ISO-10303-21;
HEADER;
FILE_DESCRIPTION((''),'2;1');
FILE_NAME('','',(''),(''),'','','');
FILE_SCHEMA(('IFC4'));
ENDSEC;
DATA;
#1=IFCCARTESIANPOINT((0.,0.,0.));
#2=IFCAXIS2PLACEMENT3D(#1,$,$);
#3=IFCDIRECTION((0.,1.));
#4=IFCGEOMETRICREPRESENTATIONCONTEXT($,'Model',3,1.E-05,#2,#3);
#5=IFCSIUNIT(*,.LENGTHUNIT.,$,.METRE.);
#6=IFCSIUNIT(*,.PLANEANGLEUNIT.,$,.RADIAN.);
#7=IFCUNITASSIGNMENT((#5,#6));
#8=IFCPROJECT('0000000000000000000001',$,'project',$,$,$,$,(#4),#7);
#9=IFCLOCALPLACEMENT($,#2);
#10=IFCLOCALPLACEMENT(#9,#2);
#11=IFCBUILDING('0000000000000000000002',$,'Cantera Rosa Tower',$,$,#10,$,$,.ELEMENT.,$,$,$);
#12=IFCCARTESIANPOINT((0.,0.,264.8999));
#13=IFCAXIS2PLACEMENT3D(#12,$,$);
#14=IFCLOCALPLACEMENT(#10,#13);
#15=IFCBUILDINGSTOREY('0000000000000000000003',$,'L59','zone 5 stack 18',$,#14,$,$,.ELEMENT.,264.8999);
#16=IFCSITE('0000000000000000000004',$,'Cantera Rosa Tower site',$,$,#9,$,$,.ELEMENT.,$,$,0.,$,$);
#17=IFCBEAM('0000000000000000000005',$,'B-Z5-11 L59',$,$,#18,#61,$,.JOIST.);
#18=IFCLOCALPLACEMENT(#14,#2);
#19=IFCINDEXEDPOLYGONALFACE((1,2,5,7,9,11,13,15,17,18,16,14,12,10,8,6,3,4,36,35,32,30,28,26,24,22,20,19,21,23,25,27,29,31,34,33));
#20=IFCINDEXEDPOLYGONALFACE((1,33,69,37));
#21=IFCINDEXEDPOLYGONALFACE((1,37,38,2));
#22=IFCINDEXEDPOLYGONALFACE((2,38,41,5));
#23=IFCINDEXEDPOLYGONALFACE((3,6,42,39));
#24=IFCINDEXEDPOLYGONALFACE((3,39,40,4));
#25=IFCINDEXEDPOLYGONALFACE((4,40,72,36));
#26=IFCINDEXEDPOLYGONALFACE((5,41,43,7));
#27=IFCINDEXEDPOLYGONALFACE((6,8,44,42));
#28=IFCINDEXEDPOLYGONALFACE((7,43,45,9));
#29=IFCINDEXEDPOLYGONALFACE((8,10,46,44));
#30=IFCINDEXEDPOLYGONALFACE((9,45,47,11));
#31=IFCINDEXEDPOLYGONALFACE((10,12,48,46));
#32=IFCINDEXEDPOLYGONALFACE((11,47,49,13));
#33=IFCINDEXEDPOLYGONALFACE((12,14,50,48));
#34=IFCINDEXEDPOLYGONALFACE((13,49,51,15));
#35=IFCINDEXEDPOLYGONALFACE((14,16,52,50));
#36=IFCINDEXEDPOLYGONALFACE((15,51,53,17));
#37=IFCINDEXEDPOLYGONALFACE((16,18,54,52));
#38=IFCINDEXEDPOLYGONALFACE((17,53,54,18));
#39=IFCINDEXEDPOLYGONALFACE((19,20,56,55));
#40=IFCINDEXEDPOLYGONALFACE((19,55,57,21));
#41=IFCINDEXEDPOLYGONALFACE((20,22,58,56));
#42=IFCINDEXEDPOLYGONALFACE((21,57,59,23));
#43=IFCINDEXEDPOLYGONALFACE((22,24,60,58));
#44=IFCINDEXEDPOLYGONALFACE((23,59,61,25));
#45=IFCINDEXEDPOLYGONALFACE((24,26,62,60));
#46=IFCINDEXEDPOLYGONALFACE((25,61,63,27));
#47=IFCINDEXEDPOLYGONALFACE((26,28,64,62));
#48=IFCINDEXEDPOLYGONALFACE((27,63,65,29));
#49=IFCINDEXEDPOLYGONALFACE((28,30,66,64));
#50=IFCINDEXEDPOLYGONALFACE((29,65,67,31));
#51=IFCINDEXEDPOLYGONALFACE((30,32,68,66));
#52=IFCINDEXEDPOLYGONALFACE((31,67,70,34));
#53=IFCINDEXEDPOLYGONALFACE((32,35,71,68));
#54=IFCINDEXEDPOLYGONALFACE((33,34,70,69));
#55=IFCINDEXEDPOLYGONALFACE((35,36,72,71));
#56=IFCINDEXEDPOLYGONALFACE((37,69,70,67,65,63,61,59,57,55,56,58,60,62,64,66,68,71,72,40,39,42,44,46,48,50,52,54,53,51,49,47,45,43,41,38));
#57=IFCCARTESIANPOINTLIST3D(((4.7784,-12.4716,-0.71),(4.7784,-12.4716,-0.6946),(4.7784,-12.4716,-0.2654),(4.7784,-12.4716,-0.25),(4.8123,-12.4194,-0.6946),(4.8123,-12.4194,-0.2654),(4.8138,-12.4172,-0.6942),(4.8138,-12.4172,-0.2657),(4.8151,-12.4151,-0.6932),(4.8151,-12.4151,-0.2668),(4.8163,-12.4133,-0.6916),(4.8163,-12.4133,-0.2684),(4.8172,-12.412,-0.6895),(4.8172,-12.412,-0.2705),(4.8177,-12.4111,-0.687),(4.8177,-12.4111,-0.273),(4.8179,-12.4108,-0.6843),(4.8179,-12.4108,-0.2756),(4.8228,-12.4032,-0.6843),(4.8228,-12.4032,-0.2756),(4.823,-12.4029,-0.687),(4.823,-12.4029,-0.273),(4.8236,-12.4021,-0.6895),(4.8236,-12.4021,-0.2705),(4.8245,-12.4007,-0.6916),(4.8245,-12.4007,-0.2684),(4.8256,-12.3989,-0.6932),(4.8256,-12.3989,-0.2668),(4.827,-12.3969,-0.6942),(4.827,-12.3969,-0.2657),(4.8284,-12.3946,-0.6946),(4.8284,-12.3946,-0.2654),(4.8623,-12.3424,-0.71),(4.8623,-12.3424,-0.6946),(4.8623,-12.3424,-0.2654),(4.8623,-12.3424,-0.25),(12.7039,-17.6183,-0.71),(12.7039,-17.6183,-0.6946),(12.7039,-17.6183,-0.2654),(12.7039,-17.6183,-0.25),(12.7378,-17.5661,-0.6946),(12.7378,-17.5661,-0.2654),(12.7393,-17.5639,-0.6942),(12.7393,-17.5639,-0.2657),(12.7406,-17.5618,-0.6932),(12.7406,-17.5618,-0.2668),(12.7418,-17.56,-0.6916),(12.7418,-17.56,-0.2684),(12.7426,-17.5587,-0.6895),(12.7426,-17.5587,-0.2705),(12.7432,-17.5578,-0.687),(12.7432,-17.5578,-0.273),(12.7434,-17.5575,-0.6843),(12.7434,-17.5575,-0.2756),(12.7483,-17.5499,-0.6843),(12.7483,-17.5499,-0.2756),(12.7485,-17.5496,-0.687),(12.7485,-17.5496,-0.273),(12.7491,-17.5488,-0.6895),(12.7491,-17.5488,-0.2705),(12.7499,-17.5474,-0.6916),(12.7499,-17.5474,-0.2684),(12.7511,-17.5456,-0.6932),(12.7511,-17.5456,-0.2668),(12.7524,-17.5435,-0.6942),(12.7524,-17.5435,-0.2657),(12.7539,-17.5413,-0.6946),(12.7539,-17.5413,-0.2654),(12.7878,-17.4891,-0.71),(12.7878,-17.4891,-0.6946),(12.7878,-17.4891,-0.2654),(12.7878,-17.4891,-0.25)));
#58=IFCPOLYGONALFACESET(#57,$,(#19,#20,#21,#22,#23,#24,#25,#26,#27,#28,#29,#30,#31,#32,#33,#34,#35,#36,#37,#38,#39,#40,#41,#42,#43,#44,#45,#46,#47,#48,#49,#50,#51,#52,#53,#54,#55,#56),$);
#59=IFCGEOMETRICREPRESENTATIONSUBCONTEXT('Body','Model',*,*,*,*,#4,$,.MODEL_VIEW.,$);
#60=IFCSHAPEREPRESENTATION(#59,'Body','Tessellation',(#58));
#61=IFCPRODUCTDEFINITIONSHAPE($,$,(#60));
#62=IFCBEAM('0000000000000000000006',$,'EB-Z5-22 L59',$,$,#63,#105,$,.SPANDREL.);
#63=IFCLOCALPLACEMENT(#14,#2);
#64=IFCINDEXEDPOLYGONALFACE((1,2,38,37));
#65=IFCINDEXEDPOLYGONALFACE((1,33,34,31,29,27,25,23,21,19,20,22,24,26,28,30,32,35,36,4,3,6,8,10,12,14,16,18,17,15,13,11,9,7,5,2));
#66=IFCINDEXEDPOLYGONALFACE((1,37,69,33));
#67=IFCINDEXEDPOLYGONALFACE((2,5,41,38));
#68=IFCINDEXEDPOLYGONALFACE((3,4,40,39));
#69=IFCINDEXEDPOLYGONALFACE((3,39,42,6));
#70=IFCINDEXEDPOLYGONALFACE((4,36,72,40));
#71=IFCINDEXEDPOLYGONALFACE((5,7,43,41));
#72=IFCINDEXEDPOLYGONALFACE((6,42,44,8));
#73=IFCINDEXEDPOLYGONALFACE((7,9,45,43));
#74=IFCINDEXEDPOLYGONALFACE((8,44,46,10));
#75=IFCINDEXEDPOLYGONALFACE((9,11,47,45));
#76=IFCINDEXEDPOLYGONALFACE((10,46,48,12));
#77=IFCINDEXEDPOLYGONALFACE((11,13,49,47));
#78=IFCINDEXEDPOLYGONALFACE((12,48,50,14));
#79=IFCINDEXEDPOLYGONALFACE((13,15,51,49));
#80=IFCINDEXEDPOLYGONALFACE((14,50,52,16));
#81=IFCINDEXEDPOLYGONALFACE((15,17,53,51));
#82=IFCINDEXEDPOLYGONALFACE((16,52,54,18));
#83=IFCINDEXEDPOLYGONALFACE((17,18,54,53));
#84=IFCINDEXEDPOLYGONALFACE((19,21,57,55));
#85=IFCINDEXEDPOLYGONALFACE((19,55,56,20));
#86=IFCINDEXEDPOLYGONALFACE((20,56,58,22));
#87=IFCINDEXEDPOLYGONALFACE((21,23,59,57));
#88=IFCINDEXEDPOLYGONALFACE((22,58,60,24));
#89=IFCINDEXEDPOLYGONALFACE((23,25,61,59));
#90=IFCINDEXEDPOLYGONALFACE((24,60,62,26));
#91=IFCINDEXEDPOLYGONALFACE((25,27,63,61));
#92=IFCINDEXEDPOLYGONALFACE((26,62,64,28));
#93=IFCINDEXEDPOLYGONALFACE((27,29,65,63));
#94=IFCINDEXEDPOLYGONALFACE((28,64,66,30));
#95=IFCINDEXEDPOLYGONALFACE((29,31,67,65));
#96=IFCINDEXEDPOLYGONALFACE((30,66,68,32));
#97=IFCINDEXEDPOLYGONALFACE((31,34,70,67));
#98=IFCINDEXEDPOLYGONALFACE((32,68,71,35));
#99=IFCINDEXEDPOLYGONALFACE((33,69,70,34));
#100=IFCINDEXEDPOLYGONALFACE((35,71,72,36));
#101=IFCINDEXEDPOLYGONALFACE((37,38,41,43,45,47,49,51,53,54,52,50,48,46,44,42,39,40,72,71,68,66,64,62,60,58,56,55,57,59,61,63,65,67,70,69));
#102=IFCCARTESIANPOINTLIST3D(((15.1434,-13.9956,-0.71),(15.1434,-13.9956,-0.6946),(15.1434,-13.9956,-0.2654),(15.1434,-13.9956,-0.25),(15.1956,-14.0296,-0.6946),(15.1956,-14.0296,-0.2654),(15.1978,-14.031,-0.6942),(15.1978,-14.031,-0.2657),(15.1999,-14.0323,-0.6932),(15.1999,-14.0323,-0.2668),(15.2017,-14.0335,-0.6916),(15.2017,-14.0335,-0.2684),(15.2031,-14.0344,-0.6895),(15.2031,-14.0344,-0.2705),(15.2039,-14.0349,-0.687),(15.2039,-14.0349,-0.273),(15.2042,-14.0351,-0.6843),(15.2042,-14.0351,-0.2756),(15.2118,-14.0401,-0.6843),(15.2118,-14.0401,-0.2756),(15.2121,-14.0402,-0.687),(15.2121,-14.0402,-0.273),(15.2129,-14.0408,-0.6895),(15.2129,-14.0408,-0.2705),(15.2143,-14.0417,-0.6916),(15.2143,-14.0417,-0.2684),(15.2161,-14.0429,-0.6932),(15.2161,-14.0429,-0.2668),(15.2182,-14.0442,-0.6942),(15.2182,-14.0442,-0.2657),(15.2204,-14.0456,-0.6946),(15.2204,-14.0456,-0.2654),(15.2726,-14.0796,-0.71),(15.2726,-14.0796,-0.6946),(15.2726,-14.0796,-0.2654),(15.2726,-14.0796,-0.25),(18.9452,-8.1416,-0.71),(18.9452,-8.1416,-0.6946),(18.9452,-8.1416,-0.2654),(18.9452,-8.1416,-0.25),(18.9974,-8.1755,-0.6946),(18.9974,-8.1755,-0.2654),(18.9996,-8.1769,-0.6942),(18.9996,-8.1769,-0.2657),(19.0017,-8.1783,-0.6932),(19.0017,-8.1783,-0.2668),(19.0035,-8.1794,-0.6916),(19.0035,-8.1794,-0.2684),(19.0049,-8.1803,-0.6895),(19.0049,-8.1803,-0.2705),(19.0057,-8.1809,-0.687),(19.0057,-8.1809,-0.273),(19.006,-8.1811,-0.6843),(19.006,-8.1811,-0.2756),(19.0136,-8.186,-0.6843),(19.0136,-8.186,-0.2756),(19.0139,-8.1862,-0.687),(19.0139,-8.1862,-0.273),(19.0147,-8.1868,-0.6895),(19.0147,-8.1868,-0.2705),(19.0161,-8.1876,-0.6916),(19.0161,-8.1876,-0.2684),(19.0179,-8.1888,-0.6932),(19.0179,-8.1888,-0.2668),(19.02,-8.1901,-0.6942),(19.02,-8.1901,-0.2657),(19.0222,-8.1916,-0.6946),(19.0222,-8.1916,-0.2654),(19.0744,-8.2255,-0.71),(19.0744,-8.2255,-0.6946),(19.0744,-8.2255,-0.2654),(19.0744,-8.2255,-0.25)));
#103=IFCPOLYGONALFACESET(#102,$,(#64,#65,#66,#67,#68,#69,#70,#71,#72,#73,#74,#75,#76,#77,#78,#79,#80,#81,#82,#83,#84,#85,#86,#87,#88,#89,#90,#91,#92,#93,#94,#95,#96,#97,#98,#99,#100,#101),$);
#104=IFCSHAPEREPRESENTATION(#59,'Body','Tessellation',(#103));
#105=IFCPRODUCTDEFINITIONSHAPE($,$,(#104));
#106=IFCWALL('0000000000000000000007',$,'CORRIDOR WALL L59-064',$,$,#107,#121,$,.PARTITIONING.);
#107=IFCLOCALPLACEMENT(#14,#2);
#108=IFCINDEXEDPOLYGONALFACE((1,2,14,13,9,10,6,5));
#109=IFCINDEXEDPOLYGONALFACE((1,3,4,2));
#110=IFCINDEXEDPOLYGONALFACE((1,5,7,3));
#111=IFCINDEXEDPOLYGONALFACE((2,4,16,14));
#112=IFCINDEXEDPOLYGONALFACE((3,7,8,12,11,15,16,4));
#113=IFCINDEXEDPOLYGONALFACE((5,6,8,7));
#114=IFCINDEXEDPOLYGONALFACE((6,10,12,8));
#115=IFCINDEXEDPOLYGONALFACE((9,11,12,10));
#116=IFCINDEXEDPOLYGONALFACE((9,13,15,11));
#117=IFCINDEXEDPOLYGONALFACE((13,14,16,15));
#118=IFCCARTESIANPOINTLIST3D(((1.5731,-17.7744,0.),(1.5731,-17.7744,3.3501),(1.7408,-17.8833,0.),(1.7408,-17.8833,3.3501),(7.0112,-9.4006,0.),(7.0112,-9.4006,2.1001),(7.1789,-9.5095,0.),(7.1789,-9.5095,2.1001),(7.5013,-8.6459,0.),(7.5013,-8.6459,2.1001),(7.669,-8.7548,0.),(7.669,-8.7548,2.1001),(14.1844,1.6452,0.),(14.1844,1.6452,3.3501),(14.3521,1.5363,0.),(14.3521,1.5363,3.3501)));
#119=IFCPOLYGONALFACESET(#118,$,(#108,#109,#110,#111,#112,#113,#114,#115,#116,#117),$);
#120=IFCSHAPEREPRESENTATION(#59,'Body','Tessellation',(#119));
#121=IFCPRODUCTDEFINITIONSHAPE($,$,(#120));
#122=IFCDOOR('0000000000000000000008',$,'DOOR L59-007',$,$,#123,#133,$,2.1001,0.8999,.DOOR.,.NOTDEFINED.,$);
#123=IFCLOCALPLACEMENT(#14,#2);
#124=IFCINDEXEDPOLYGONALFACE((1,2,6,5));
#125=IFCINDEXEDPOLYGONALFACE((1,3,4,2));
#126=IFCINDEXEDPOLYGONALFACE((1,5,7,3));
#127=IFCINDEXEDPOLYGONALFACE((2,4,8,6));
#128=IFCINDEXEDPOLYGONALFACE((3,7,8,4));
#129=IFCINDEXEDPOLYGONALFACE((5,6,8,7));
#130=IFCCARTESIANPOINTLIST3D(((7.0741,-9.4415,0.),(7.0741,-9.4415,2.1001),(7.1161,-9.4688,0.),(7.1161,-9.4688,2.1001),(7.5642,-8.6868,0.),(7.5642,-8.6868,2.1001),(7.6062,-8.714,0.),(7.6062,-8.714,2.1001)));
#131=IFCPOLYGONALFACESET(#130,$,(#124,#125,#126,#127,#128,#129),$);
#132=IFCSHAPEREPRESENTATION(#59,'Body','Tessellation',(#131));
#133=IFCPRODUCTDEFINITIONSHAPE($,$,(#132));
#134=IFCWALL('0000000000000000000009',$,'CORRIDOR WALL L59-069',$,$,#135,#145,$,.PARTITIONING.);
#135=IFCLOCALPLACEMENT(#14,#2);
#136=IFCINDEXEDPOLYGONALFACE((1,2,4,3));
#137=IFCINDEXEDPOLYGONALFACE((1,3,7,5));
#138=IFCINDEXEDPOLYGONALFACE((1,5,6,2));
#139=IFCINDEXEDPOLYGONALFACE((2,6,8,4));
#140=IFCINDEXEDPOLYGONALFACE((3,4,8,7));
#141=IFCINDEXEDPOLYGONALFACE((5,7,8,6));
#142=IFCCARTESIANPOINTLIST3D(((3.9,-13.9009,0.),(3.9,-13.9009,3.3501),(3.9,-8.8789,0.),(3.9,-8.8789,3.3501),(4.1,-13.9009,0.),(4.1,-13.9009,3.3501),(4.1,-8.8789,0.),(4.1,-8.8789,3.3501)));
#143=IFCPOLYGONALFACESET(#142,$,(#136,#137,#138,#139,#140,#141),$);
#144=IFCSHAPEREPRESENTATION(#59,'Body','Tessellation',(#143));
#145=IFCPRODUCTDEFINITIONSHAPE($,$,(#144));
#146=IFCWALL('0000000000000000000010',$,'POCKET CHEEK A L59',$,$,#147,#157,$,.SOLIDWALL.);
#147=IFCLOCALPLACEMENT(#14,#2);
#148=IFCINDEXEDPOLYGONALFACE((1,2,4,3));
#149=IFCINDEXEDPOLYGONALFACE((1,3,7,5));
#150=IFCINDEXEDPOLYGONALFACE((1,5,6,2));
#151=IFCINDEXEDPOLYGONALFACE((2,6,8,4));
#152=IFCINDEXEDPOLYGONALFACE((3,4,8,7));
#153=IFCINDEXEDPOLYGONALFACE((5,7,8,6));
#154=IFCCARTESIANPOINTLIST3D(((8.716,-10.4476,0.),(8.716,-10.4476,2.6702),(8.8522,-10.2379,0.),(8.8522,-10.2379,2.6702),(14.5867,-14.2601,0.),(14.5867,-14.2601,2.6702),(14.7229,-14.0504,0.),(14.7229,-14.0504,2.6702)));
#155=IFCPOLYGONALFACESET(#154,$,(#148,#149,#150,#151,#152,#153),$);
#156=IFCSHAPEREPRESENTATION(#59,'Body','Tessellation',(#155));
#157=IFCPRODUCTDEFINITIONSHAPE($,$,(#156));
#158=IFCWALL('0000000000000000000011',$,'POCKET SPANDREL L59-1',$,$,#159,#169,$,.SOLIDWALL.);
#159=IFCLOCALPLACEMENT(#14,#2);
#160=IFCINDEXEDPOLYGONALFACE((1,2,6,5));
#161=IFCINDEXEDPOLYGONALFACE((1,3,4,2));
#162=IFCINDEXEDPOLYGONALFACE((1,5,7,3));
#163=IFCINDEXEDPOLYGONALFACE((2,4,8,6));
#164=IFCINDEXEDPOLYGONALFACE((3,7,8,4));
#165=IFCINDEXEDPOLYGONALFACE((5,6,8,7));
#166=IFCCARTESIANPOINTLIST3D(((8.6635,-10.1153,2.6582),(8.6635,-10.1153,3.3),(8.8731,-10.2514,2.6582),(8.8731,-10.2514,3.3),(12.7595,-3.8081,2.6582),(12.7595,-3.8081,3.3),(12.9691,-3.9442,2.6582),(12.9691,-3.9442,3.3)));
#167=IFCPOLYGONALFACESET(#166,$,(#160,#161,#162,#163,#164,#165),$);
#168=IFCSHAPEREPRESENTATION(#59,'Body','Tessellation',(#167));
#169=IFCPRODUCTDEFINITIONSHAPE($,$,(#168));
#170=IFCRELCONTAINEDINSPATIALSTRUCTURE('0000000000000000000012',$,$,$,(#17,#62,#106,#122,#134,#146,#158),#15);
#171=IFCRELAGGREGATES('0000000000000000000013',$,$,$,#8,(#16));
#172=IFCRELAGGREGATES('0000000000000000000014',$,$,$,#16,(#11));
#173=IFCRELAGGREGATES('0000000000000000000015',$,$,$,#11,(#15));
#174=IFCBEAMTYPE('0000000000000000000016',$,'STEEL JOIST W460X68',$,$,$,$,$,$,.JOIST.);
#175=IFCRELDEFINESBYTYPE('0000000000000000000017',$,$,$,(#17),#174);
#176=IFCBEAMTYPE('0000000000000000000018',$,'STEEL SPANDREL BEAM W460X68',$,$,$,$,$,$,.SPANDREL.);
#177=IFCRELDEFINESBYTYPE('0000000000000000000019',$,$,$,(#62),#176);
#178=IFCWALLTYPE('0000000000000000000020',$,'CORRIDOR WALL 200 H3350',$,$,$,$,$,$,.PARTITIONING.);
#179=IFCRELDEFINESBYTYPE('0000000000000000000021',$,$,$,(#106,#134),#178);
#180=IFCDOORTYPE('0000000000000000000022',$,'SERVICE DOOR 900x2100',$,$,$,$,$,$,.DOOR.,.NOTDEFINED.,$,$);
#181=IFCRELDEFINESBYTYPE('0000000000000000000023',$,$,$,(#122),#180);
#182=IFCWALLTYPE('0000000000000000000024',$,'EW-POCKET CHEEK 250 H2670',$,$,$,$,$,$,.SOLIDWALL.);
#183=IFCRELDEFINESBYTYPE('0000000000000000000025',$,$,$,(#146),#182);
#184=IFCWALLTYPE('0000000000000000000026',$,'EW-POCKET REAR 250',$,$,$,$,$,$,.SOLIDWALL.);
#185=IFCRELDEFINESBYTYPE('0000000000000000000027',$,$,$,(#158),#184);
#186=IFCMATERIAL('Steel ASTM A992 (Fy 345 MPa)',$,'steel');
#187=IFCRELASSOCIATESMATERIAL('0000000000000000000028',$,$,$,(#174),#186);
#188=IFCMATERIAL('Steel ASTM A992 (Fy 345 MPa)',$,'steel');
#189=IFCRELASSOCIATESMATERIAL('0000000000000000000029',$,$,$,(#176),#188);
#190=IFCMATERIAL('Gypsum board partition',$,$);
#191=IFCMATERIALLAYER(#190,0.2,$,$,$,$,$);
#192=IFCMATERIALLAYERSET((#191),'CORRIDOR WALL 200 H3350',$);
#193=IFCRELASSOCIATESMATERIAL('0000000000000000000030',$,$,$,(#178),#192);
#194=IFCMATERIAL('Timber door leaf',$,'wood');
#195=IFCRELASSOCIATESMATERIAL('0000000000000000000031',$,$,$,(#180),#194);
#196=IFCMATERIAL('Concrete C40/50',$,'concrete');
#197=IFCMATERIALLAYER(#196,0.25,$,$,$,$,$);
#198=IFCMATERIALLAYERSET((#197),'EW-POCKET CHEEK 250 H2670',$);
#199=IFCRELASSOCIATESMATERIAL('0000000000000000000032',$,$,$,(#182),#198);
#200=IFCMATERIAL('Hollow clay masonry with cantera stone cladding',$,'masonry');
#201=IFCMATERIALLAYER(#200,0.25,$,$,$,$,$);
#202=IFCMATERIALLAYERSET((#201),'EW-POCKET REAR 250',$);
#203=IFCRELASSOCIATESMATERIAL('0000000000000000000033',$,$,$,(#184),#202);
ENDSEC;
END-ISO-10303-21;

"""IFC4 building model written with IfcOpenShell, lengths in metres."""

from ifc_helpers import new_model, si_unit, direction, frame, frame_2d, origin, origin_2d, place, context, subcontext, project, spatial, rectangle, i_section, extrude, material, layer, layer_set, material_profile, profile_set, type_object, element, fill, save


model = new_model("IFC4")

# Units and contexts
model_context = context("Model", 3, precision=1e-05, world=origin(), true_north=direction((0.0, 1.0)))
body_context = subcontext(model_context, "Body", "Model", "MODEL_VIEW")
ifc_project = project(units=[si_unit("LENGTHUNIT", "METRE"), si_unit("PLANEANGLEUNIT", "RADIAN")], contexts=[model_context])

# Site, building, storey
site_placement = place(None, origin())
site = spatial("IfcSite", under=ifc_project, at=site_placement, Name="Cantera Rosa Tower site", CompositionType="ELEMENT", RefElevation=0.0)
building_placement = place(site_placement, origin())
building = spatial("IfcBuilding", under=site, at=building_placement, Name="Cantera Rosa Tower", CompositionType="ELEMENT")
storey_placement = place(building_placement, frame((0.0, 0.0, 264.8999)))
storey = spatial("IfcBuildingStorey", under=building, at=storey_placement, Name="L59", Description="zone 5 stack 18", CompositionType="ELEMENT", Elevation=264.8999)

# Beams
ifc_material_1 = material(Name="Steel ASTM A992 (Fy 345 MPa)", Category="steel")
ifc_material_profile_1 = material_profile(ifc_material_1, i_section(OverallWidth=0.1541, OverallDepth=0.46, WebThickness=0.009, FlangeThickness=0.0154, FilletRadius=0.0103, at=origin_2d()), Name="W460X68")
ifc_profile_set_1 = profile_set([ifc_material_profile_1], Name="Steel ASTM A992 (Fy 345 MPa)")
beam_type_1 = type_object("IfcBeamType", Name="STEEL JOIST W460X68", PredefinedType="JOIST", material=ifc_profile_set_1)
beam_1_placement = place(storey_placement, frame((12.7458, -17.5537, -0.48), z_axis=(-0.838679, 0.544626, 0.0), x_axis=(-0.544626, -0.838679, 0.0)))
element("IfcBeam", 1, at=beam_1_placement, inside=storey, type_object=beam_type_1, Name="B-Z5-11 L59", PredefinedType="JOIST", context=body_context, shape_type="SweptSolid", body=[
    extrude(i_section(OverallWidth=0.1541, OverallDepth=0.46, WebThickness=0.009, FlangeThickness=0.0154, FilletRadius=0.0103, at=origin_2d()), origin(), (0.0, 0.0, 1.0), 9.45),
])
ifc_material_2 = material(Name="Steel ASTM A992 (Fy 345 MPa)", Category="steel")
ifc_material_profile_2 = material_profile(ifc_material_2, i_section(OverallWidth=0.1541, OverallDepth=0.46, WebThickness=0.009, FlangeThickness=0.0154, FilletRadius=0.0103, at=origin_2d()), Name="W460X68")
ifc_profile_set_2 = profile_set([ifc_material_profile_2], Name="Steel ASTM A992 (Fy 345 MPa)")
beam_type_2 = type_object("IfcBeamType", Name="STEEL SPANDREL BEAM W460X68", PredefinedType="SPANDREL", material=ifc_profile_set_2)
beam_2_placement = place(storey_placement, frame((15.208, -14.0376, -0.48), z_axis=(0.544651, 0.838663, 0.0), x_axis=(-0.838663, 0.544651, 0.0)))
element("IfcBeam", 2, at=beam_2_placement, inside=storey, type_object=beam_type_2, Name="EB-Z5-22 L59", PredefinedType="SPANDREL", context=body_context, shape_type="SweptSolid", body=[
    extrude(i_section(OverallWidth=0.1541, OverallDepth=0.46, WebThickness=0.009, FlangeThickness=0.0154, FilletRadius=0.0103, at=origin_2d()), origin(), (0.0, 0.0, 1.0), 6.9802),
])

# Wall, opening, door
ifc_material_3 = material(Name="Gypsum board partition")
ifc_layer_1 = layer(ifc_material_3, 0.2)
ifc_layer_set_1 = layer_set([ifc_layer_1], Name="CORRIDOR WALL 200 H3350")
wall_type_1 = type_object("IfcWallType", Name="CORRIDOR WALL 200 H3350", PredefinedType="PARTITIONING", material=ifc_layer_set_1)
wall_1_placement = place(storey_placement, frame((1.657, -17.8289, 0.0), z_axis=(0.0, 0.0, 1.0), x_axis=(0.54464, 0.83867, 0.0)))
wall_1 = element("IfcWall", 3, at=wall_1_placement, inside=storey, type_object=wall_type_1, Name="CORRIDOR WALL L59-064", PredefinedType="PARTITIONING", context=body_context, shape_type="SweptSolid", body=[
    extrude(rectangle(XDim=23.1553, YDim=0.2, at=frame_2d((11.5776, 0.0))), origin(), (0.0, 0.0, 1.0), 3.3501),
])
opening_1_placement = place(wall_1_placement, frame((9.9846, 0.0, 0.0)))
opening_1 = element("IfcOpeningElement", 4, at=opening_1_placement, cuts=wall_1, PredefinedType="OPENING", context=body_context, shape_type="SweptSolid", body=[
    extrude(rectangle(XDim=0.8999, YDim=2.1001, at=frame_2d((0.45, 1.05))), frame((0.0, 0.1099, 0.0), z_axis=(0.0, -1.0, 0.0), x_axis=(1.0, 0.0, 0.0)), (0.0, 0.0, 1.0), 0.22),
])
ifc_material_4 = material(Name="Timber door leaf", Category="wood")
door_type_1 = type_object("IfcDoorType", Name="SERVICE DOOR 900x2100", OperationType="NOTDEFINED", PredefinedType="DOOR", material=ifc_material_4)
door_1_placement = place(opening_1_placement, origin())
door_1 = element("IfcDoor", 5, at=door_1_placement, inside=storey, type_object=door_type_1, Name="DOOR L59-007", OperationType="NOTDEFINED", OverallHeight=2.1001, OverallWidth=0.8999, PredefinedType="DOOR", context=body_context, shape_type="SweptSolid", body=[
    extrude(rectangle(XDim=0.8999, YDim=2.1001, at=frame_2d((0.45, 1.05))), frame((0.0, 0.0249, 0.0), z_axis=(0.0, -1.0, 0.0), x_axis=(1.0, 0.0, 0.0)), (0.0, 0.0, 1.0), 0.05),
])
fill(opening_1, door_1)

# Walls
wall_2_placement = place(storey_placement, frame((4.0, -13.9009, 0.0), z_axis=(0.0, 0.0, 1.0), x_axis=(0.0, 1.0, 0.0)))
element("IfcWall", 6, at=wall_2_placement, inside=storey, type_object=wall_type_1, Name="CORRIDOR WALL L59-069", PredefinedType="PARTITIONING", context=body_context, shape_type="SweptSolid", body=[
    extrude(rectangle(XDim=5.022, YDim=0.2, at=frame_2d((2.511, 0.0))), origin(), (0.0, 0.0, 1.0), 3.3501),
])
ifc_material_5 = material(Name="Concrete C40/50", Category="concrete")
ifc_layer_2 = layer(ifc_material_5, 0.25)
ifc_layer_set_2 = layer_set([ifc_layer_2], Name="EW-POCKET CHEEK 250 H2670")
wall_type_2 = type_object("IfcWallType", Name="EW-POCKET CHEEK 250 H2670", PredefinedType="SOLIDWALL", material=ifc_layer_set_2)
wall_3_placement = place(storey_placement, frame((14.6548, -14.1553, 0.0), z_axis=(0.0, 0.0, 1.0), x_axis=(-0.838665, 0.544647, 0.0)))
element("IfcWall", 7, at=wall_3_placement, inside=storey, type_object=wall_type_2, Name="POCKET CHEEK A L59", PredefinedType="SOLIDWALL", context=body_context, shape_type="SweptSolid", body=[
    extrude(rectangle(XDim=7.0, YDim=0.25, at=frame_2d((3.5, 0.0))), origin(), (0.0, 0.0, 1.0), 2.6702),
])
ifc_material_6 = material(Name="Hollow clay masonry with cantera stone cladding", Category="masonry")
ifc_layer_3 = layer(ifc_material_6, 0.25)
ifc_layer_set_3 = layer_set([ifc_layer_3], Name="EW-POCKET REAR 250")
wall_type_3 = type_object("IfcWallType", Name="EW-POCKET REAR 250", PredefinedType="SOLIDWALL", material=ifc_layer_set_3)
wall_4_placement = place(storey_placement, frame((8.7683, -10.1833, 2.6582), z_axis=(0.0, 0.0, 1.0), x_axis=(0.544644, 0.838668, 0.0)))
element("IfcWall", 8, at=wall_4_placement, inside=storey, type_object=wall_type_3, Name="POCKET SPANDREL L59-1", PredefinedType="SOLIDWALL", context=body_context, shape_type="SweptSolid", body=[
    extrude(rectangle(XDim=7.5205, YDim=0.25, at=frame_2d((3.7603, 0.0))), origin(), (0.0, 0.0, 1.0), 0.6418),
])

save(model, "model.ifc")
